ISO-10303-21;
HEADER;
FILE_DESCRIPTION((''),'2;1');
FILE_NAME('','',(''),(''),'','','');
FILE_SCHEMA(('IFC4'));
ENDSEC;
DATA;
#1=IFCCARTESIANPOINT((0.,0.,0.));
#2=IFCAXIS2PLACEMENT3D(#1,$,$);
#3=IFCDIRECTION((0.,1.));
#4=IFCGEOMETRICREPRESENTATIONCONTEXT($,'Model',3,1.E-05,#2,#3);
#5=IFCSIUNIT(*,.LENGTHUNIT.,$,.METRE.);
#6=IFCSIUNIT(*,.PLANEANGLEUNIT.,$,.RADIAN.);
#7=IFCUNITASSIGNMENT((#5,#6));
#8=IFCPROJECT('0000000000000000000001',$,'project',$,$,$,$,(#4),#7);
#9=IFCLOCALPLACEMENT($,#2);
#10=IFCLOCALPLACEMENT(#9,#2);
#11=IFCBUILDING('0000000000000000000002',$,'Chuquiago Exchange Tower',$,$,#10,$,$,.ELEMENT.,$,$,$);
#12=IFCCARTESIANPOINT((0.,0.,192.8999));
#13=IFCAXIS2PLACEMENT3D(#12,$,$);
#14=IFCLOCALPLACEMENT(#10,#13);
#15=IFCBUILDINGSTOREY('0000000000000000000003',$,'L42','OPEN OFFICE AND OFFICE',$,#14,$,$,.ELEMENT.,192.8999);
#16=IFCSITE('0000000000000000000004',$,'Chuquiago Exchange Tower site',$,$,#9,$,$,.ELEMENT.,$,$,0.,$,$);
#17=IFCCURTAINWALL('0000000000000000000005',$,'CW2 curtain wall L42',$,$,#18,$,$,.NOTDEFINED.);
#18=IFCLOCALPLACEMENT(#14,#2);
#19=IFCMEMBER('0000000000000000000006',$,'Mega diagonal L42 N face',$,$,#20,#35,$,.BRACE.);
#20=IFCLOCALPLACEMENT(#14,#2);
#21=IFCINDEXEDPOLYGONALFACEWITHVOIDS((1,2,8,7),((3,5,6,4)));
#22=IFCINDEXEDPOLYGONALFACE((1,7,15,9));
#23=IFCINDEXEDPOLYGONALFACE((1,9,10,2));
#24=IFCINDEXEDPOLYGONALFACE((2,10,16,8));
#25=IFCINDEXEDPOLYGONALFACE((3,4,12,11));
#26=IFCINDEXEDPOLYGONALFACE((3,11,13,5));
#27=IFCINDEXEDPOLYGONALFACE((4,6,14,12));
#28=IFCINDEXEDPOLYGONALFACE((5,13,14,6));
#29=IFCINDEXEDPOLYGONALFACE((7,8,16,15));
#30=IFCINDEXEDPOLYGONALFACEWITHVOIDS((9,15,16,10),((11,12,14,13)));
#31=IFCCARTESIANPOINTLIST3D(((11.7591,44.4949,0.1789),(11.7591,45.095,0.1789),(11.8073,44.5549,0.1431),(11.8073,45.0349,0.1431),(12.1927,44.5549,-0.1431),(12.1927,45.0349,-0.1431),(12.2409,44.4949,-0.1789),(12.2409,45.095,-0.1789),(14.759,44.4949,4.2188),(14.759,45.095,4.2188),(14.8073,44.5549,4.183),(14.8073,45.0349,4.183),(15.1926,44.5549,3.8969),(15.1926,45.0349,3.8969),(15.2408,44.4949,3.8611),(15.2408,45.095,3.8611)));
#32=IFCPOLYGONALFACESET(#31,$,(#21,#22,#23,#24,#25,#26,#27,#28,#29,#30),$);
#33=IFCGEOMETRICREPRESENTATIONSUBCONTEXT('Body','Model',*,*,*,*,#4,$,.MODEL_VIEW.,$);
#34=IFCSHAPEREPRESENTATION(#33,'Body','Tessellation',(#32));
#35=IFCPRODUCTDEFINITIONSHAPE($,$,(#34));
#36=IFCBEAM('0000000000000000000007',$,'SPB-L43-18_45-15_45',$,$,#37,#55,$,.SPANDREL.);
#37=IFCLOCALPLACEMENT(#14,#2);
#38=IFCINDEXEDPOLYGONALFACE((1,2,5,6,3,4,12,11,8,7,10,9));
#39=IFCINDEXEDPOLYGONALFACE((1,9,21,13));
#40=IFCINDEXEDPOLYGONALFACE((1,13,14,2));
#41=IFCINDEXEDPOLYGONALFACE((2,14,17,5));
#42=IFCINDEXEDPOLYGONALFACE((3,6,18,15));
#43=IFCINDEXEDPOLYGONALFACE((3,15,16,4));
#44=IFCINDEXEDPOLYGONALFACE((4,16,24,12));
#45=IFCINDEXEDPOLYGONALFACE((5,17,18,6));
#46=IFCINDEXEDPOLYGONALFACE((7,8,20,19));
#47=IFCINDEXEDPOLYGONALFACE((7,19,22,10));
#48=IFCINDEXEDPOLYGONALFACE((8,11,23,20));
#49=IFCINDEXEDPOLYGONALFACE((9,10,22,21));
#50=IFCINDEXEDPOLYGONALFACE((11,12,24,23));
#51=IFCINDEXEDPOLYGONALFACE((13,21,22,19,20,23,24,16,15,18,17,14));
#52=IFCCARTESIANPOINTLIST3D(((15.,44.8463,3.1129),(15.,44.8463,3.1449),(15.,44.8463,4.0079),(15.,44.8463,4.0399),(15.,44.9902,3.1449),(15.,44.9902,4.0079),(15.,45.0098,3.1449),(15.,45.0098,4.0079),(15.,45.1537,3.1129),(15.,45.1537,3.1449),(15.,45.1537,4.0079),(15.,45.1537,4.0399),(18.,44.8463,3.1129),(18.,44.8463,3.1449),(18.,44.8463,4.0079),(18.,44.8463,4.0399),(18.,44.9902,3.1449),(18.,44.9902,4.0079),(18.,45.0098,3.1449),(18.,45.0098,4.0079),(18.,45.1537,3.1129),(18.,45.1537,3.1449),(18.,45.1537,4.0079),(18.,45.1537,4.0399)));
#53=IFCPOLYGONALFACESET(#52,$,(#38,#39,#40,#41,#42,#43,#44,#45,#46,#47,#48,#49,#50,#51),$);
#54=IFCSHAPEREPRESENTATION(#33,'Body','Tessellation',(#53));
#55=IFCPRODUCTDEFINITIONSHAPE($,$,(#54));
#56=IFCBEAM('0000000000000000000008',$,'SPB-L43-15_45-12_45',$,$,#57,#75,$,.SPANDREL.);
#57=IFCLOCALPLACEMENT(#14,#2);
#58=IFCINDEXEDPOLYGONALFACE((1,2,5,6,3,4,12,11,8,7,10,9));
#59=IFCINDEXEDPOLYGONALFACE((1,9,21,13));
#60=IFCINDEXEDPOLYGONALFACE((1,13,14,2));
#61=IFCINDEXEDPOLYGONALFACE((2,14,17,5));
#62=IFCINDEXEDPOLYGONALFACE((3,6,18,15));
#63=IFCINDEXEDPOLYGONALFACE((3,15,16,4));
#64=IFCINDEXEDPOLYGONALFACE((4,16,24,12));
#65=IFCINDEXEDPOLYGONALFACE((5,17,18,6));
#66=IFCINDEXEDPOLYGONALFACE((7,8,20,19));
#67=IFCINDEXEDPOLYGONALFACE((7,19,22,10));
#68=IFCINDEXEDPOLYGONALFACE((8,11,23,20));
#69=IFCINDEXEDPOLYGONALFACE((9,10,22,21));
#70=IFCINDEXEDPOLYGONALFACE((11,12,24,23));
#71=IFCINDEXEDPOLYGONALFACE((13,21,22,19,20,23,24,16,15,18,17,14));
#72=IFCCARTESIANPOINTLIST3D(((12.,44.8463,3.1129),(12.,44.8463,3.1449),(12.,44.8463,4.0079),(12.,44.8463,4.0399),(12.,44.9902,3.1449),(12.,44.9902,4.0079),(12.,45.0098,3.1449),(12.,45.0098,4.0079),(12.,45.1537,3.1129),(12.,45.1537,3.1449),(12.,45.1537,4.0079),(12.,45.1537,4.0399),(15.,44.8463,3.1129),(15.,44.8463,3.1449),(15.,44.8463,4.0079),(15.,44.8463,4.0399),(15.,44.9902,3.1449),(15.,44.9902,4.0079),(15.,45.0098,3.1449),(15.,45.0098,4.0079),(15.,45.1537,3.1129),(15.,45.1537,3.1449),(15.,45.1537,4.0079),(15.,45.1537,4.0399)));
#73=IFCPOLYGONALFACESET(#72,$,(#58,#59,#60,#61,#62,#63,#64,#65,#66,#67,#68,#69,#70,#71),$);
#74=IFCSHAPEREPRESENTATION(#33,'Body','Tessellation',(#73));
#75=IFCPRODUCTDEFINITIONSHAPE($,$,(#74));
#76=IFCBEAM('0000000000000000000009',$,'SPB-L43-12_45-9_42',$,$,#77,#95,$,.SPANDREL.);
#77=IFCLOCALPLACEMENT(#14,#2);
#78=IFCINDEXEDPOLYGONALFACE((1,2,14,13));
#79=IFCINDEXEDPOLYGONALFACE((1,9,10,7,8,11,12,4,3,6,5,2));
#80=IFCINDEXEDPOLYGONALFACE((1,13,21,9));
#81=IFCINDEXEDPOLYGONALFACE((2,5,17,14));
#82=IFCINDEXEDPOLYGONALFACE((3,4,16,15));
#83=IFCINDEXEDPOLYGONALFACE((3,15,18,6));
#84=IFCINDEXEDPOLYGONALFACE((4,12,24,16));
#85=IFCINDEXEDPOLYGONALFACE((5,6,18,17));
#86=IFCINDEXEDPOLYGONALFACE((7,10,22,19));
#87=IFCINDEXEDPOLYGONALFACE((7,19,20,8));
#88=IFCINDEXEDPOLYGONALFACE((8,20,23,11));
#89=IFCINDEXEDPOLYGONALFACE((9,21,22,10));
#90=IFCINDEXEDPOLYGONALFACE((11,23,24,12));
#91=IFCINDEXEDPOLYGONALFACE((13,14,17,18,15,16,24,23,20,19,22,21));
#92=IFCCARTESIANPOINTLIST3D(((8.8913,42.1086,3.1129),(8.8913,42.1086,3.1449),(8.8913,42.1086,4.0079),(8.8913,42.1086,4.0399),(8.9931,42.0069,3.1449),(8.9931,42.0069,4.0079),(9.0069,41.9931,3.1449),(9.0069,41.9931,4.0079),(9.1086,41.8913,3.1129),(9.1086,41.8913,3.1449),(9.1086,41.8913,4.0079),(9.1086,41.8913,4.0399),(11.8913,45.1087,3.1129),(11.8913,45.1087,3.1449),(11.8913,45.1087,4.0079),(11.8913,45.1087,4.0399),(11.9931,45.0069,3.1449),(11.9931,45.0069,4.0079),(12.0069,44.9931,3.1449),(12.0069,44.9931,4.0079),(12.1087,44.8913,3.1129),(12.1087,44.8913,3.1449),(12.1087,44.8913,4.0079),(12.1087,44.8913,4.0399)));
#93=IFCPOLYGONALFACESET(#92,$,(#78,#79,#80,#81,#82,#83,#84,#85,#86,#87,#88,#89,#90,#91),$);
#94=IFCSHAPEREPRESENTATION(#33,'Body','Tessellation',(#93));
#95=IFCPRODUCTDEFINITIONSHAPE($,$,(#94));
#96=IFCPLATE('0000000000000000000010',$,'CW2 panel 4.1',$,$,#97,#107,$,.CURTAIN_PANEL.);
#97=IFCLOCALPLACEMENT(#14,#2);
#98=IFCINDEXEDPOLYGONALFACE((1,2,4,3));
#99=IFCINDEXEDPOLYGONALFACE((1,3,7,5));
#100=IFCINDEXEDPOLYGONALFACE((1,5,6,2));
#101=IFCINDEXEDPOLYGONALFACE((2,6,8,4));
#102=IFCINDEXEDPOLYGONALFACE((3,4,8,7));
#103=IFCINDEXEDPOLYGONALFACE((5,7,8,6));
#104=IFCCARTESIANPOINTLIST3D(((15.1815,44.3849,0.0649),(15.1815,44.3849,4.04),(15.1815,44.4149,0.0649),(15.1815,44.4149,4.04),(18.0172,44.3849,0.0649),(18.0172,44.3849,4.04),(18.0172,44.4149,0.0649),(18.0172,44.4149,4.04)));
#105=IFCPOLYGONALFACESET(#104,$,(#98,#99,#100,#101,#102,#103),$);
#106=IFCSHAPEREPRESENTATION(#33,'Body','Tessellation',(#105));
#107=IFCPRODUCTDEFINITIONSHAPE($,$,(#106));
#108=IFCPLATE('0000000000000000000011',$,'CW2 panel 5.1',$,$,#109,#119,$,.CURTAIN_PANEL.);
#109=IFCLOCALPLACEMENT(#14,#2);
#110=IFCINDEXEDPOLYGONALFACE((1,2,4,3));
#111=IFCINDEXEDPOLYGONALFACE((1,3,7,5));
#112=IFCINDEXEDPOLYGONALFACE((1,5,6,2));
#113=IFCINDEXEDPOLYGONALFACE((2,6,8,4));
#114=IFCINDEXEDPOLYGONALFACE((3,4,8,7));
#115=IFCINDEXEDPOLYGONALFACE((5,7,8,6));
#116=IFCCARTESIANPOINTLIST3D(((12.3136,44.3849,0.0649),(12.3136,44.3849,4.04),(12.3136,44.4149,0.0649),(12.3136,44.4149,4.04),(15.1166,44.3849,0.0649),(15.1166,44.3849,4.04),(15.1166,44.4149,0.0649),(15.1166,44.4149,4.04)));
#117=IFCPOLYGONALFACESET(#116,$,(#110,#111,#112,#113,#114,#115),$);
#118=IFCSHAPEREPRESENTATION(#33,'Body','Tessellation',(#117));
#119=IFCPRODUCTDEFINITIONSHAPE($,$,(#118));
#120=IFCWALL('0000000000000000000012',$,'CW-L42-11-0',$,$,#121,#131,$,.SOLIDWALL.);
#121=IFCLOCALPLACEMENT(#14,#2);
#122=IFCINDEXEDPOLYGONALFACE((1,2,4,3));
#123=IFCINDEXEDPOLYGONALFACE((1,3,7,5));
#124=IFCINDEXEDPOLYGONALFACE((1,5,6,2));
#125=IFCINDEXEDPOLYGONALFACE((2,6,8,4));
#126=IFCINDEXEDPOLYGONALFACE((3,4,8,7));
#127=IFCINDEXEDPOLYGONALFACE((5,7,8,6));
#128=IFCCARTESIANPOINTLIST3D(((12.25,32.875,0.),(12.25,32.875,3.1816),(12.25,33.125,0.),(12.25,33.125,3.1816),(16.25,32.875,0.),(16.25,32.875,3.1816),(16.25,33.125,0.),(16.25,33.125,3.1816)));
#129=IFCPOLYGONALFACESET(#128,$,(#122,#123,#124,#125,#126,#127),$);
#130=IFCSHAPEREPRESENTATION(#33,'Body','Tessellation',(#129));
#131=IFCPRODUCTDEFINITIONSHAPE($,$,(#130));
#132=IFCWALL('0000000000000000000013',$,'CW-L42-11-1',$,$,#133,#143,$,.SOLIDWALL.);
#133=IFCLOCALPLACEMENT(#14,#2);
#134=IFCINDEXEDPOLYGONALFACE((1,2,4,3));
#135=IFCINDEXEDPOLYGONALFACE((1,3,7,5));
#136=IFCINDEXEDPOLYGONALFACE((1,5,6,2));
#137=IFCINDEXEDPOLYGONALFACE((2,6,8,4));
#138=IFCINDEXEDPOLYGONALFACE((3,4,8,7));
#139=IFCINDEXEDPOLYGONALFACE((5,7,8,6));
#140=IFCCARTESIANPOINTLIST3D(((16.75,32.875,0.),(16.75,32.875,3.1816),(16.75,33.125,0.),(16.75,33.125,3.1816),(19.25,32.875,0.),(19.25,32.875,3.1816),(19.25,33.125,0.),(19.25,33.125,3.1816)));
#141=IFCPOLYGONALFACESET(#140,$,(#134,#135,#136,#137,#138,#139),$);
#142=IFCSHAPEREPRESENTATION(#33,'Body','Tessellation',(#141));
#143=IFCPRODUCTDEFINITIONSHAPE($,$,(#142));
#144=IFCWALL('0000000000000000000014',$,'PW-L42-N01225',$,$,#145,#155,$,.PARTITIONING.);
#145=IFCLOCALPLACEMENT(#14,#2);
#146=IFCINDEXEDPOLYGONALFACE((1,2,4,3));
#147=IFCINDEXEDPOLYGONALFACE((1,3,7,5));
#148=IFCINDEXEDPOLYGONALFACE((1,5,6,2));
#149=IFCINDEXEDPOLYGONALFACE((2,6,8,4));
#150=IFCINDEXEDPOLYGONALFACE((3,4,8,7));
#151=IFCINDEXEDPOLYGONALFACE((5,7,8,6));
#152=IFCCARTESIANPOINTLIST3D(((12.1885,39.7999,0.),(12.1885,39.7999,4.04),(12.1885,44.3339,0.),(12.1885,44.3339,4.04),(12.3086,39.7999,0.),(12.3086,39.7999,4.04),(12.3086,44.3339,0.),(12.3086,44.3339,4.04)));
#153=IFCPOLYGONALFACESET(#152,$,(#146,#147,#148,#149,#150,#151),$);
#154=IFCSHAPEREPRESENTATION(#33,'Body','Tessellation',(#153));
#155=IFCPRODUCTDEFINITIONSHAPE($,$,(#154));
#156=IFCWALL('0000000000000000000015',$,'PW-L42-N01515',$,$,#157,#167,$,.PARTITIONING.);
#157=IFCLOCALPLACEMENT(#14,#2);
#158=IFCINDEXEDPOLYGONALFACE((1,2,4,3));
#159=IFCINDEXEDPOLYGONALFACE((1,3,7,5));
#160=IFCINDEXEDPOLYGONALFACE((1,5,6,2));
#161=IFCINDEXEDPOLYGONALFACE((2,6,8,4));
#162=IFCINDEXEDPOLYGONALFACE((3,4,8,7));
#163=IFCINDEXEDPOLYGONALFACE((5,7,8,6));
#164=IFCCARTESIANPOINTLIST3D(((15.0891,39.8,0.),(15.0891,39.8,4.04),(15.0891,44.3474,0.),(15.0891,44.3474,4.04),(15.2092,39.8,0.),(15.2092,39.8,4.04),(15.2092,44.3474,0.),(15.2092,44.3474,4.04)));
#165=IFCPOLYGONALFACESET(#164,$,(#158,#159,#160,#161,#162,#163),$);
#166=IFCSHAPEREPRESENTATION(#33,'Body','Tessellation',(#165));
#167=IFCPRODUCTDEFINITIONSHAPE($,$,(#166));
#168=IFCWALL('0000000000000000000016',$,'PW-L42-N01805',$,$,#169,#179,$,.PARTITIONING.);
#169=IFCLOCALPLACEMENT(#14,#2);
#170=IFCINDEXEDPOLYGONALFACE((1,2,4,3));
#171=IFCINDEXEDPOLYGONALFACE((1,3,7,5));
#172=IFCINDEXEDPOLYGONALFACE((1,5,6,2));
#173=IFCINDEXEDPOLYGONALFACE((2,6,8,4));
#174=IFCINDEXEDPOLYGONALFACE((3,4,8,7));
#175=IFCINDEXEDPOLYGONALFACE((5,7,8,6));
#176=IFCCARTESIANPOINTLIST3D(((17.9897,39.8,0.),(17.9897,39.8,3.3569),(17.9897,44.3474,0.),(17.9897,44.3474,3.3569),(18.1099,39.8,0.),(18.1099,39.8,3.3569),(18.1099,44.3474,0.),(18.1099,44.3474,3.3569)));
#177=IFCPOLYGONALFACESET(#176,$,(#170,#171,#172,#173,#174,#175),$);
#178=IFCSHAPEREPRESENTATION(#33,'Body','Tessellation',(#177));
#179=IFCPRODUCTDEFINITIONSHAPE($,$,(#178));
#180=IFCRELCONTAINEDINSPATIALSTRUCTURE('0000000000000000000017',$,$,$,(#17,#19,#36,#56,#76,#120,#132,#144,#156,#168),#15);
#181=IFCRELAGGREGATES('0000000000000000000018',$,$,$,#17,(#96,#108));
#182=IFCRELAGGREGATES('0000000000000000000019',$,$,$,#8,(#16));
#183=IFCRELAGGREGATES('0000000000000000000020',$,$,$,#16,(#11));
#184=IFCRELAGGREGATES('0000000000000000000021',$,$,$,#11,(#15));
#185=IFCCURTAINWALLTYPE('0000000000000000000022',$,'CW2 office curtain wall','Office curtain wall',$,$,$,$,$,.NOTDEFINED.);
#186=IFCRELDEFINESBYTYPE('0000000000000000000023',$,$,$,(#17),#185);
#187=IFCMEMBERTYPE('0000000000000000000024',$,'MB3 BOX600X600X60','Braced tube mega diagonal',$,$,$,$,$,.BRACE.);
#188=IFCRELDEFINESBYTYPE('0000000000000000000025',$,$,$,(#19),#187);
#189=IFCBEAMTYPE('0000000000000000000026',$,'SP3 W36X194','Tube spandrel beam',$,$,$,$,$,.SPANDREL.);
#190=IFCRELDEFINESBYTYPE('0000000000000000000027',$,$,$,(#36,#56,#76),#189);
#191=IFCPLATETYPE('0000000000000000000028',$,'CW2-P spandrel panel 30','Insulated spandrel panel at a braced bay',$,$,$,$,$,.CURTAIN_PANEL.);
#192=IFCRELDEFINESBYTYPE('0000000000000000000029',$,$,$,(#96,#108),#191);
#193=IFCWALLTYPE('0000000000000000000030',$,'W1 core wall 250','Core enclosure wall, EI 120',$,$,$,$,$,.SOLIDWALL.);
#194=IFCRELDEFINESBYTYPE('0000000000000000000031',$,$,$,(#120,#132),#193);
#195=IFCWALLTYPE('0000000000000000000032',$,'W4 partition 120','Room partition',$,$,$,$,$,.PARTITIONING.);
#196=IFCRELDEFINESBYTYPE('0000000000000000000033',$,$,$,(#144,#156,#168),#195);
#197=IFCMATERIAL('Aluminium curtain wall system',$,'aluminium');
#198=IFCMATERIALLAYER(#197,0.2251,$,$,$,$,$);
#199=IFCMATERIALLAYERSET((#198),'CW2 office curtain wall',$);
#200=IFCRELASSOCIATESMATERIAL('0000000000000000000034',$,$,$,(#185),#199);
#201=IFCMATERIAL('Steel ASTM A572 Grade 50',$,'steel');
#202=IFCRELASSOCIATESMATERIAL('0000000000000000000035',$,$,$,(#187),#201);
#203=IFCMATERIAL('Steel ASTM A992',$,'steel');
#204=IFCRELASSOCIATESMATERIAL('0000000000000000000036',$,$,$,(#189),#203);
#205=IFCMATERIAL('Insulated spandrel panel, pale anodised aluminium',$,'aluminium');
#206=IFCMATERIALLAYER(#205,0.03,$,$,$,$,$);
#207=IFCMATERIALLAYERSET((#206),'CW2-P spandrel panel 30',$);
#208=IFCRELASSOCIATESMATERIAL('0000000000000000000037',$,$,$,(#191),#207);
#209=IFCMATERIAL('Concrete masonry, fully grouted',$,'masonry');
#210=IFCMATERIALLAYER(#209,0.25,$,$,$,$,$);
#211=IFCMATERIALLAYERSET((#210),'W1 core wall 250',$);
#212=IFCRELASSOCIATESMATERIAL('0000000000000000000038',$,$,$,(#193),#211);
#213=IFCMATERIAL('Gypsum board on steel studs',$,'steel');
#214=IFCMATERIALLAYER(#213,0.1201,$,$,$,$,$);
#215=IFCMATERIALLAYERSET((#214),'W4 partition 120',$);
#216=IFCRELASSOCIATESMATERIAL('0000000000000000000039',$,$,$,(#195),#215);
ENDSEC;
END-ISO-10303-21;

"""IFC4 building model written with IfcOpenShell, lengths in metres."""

from ifc_helpers import new_model, si_unit, direction, frame, frame_2d, origin, origin_2d, place, context, subcontext, project, spatial, rectangle, hollow_rectangle, i_section, extrude, material, layer, layer_set, material_profile, profile_set, type_object, element, aggregate, save


model = new_model("IFC4")

# Units and contexts
model_context = context("Model", 3, precision=1e-05, world=origin(), true_north=direction((0.0, 1.0)))
body_context = subcontext(model_context, "Body", "Model", "MODEL_VIEW")
ifc_project = project(units=[si_unit("LENGTHUNIT", "METRE"), si_unit("PLANEANGLEUNIT", "RADIAN")], contexts=[model_context])

# Site, building, storey
site_placement = place(None, origin())
site = spatial("IfcSite", under=ifc_project, at=site_placement, Name="Chuquiago Exchange Tower site", CompositionType="ELEMENT", RefElevation=0.0)
building_placement = place(site_placement, origin())
building = spatial("IfcBuilding", under=site, at=building_placement, Name="Chuquiago Exchange Tower", CompositionType="ELEMENT")
storey_placement = place(building_placement, frame((0.0, 0.0, 192.8999)))
storey = spatial("IfcBuildingStorey", under=building, at=storey_placement, Name="L42", Description="OPEN OFFICE AND OFFICE", CompositionType="ELEMENT", Elevation=192.8999)

# Curtain wall
ifc_material_1 = material(Name="Aluminium curtain wall system", Category="aluminium")
ifc_layer_1 = layer(ifc_material_1, 0.2251)
ifc_layer_set_1 = layer_set([ifc_layer_1], Name="CW2 office curtain wall")
curtain_wall_type_1 = type_object("IfcCurtainWallType", Name="CW2 office curtain wall", Description="Office curtain wall", PredefinedType="NOTDEFINED", material=ifc_layer_set_1)
curtain_wall_1_placement = place(storey_placement, origin())
curtain_wall_1 = element("IfcCurtainWall", 1, at=curtain_wall_1_placement, inside=storey, type_object=curtain_wall_type_1, Name="CW2 curtain wall L42", PredefinedType="NOTDEFINED")

# Member
ifc_material_2 = material(Name="Steel ASTM A572 Grade 50", Category="steel")
ifc_material_profile_1 = material_profile(ifc_material_2, hollow_rectangle(XDim=0.6001, YDim=0.6001, WallThickness=0.0601, at=origin_2d()), Name="BOX600X600X60")
ifc_profile_set_1 = profile_set([ifc_material_profile_1], Name="Steel ASTM A572 Grade 50")
member_type_1 = type_object("IfcMemberType", Name="MB3 BOX600X600X60", Description="Braced tube mega diagonal", PredefinedType="BRACE", material=ifc_profile_set_1)
for number, where, z_axis, x_axis, name in (
    (2, (12.0, 44.7949, 0.0), (0.596174, 0.0, 0.802855), (0.0, 1.0, 0.0), "Mega diagonal L42 N face"),
):
    element("IfcMember", number, at=place(storey_placement, frame(where, z_axis=z_axis, x_axis=x_axis)), inside=storey, type_object=member_type_1, Name=name, PredefinedType="BRACE", context=body_context, shape_type="SweptSolid", body=[
        extrude(hollow_rectangle(XDim=0.6001, YDim=0.6001, WallThickness=0.0601, at=origin_2d()), origin(), (0.0, 0.0, 1.0), 5.032),
    ])

# Beams
ifc_material_3 = material(Name="Steel ASTM A992", Category="steel")
ifc_material_profile_2 = material_profile(ifc_material_3, i_section(OverallWidth=0.3074, OverallDepth=0.927, WebThickness=0.0195, FlangeThickness=0.032, at=origin_2d()), Name="W36X194")
ifc_profile_set_2 = profile_set([ifc_material_profile_2], Name="Steel ASTM A992")
beam_type_1 = type_object("IfcBeamType", Name="SP3 W36X194", Description="Tube spandrel beam", PredefinedType="SPANDREL", material=ifc_profile_set_2)
for number, where, z_axis, x_axis, name in (
    (3, (18.0, 45.0, 3.5764), (-1.0, 0.0, 0.0), (0.0, -1.0, 0.0), "SPB-L43-18_45-15_45"),
    (4, (15.0, 45.0, 3.5764), (-1.0, 0.0, 0.0), (0.0, -1.0, 0.0), "SPB-L43-15_45-12_45"),
):
    element("IfcBeam", number, at=place(storey_placement, frame(where, z_axis=z_axis, x_axis=x_axis)), inside=storey, type_object=beam_type_1, Name=name, PredefinedType="SPANDREL", context=body_context, shape_type="SweptSolid", body=[
        extrude(i_section(OverallWidth=0.3074, OverallDepth=0.927, WebThickness=0.0195, FlangeThickness=0.032, at=origin_2d()), origin(), (0.0, 0.0, 1.0), 3.0),
    ])
beam_1_placement = place(storey_placement, frame((12.0, 45.0, 3.5764), z_axis=(-0.707107, -0.707107, 0.0), x_axis=(0.707107, -0.707107, 0.0)))
element("IfcBeam", 5, at=beam_1_placement, inside=storey, type_object=beam_type_1, Name="SPB-L43-12_45-9_42", PredefinedType="SPANDREL", context=body_context, shape_type="SweptSolid", body=[
    extrude(i_section(OverallWidth=0.3074, OverallDepth=0.927, WebThickness=0.0195, FlangeThickness=0.032, at=origin_2d()), origin(), (0.0, 0.0, 1.0), 4.2427),
])

# Plates
ifc_material_4 = material(Name="Insulated spandrel panel, pale anodised aluminium", Category="aluminium")
ifc_layer_2 = layer(ifc_material_4, 0.03)
ifc_layer_set_2 = layer_set([ifc_layer_2], Name="CW2-P spandrel panel 30")
plate_type = type_object("IfcPlateType", Name="CW2-P spandrel panel 30", Description="Insulated spandrel panel at a braced bay", PredefinedType="CURTAIN_PANEL", material=ifc_layer_set_2)
plate_1_placement = place(storey_placement, frame((16.5994, 44.3999, 0.0649), z_axis=(0.0, 0.0, 1.0), x_axis=(-1.0, 0.0, 0.0)))
plate_1 = element("IfcPlate", 6, at=plate_1_placement, type_object=plate_type, Name="CW2 panel 4.1", PredefinedType="CURTAIN_PANEL", context=body_context, shape_type="SweptSolid", body=[
    extrude(rectangle(XDim=2.8357, YDim=0.03, at=origin_2d()), origin(), (0.0, 0.0, 1.0), 3.9751),
])
plate_2_placement = place(storey_placement, frame((13.7151, 44.3999, 0.0649), z_axis=(0.0, 0.0, 1.0), x_axis=(-1.0, 0.0, 0.0)))
plate_2 = element("IfcPlate", 7, at=plate_2_placement, type_object=plate_type, Name="CW2 panel 5.1", PredefinedType="CURTAIN_PANEL", context=body_context, shape_type="SweptSolid", body=[
    extrude(rectangle(XDim=2.803, YDim=0.03, at=origin_2d()), origin(), (0.0, 0.0, 1.0), 3.9751),
])
aggregate(curtain_wall_1, [plate_1, plate_2])

# Walls
ifc_material_5 = material(Name="Concrete masonry, fully grouted", Category="masonry")
ifc_layer_3 = layer(ifc_material_5, 0.25)
ifc_layer_set_3 = layer_set([ifc_layer_3], Name="W1 core wall 250")
wall_type_1 = type_object("IfcWallType", Name="W1 core wall 250", Description="Core enclosure wall, EI 120", PredefinedType="SOLIDWALL", material=ifc_layer_set_3)
wall_1_placement = place(storey_placement, frame((12.25, 33.0, 0.0), z_axis=(0.0, 0.0, 1.0), x_axis=(1.0, 0.0, 0.0)))
element("IfcWall", 8, at=wall_1_placement, inside=storey, type_object=wall_type_1, Name="CW-L42-11-0", PredefinedType="SOLIDWALL", context=body_context, shape_type="SweptSolid", body=[
    extrude(rectangle(XDim=4.0, YDim=0.25, at=frame_2d((2.0, 0.0))), origin(), (0.0, 0.0, 1.0), 3.1816),
])
wall_2_placement = place(storey_placement, frame((16.75, 33.0, 0.0), z_axis=(0.0, 0.0, 1.0), x_axis=(1.0, 0.0, 0.0)))
element("IfcWall", 9, at=wall_2_placement, inside=storey, type_object=wall_type_1, Name="CW-L42-11-1", PredefinedType="SOLIDWALL", context=body_context, shape_type="SweptSolid", body=[
    extrude(rectangle(XDim=2.5, YDim=0.25, at=frame_2d((1.25, 0.0))), origin(), (0.0, 0.0, 1.0), 3.1816),
])
ifc_material_6 = material(Name="Gypsum board on steel studs", Category="steel")
ifc_layer_4 = layer(ifc_material_6, 0.1201)
ifc_layer_set_4 = layer_set([ifc_layer_4], Name="W4 partition 120")
wall_type_2 = type_object("IfcWallType", Name="W4 partition 120", Description="Room partition", PredefinedType="PARTITIONING", material=ifc_layer_set_4)
wall_3_placement = place(storey_placement, frame((12.2485, 44.334, 0.0), z_axis=(0.0, 0.0, 1.0), x_axis=(0.0, -1.0, 0.0)))
element("IfcWall", 10, at=wall_3_placement, inside=storey, type_object=wall_type_2, Name="PW-L42-N01225", PredefinedType="PARTITIONING", context=body_context, shape_type="SweptSolid", body=[
    extrude(rectangle(XDim=4.5339, YDim=0.1201, at=frame_2d((2.2671, 0.0))), origin(), (0.0, 0.0, 1.0), 4.04),
])
wall_4_placement = place(storey_placement, frame((15.1492, 44.3474, 0.0), z_axis=(0.0, 0.0, 1.0), x_axis=(0.0, -1.0, 0.0)))
element("IfcWall", 11, at=wall_4_placement, inside=storey, type_object=wall_type_2, Name="PW-L42-N01515", PredefinedType="PARTITIONING", context=body_context, shape_type="SweptSolid", body=[
    extrude(rectangle(XDim=4.5474, YDim=0.1201, at=frame_2d((2.2737, 0.0))), origin(), (0.0, 0.0, 1.0), 4.04),
])
wall_5_placement = place(storey_placement, frame((18.0498, 44.3474, 0.0), z_axis=(0.0, 0.0, 1.0), x_axis=(0.0, -1.0, 0.0)))
element("IfcWall", 12, at=wall_5_placement, inside=storey, type_object=wall_type_2, Name="PW-L42-N01805", PredefinedType="PARTITIONING", context=body_context, shape_type="SweptSolid", body=[
    extrude(rectangle(XDim=4.5474, YDim=0.1201, at=frame_2d((2.2737, 0.0))), origin(), (0.0, 0.0, 1.0), 3.3569),
])

save(model, "model.ifc")
